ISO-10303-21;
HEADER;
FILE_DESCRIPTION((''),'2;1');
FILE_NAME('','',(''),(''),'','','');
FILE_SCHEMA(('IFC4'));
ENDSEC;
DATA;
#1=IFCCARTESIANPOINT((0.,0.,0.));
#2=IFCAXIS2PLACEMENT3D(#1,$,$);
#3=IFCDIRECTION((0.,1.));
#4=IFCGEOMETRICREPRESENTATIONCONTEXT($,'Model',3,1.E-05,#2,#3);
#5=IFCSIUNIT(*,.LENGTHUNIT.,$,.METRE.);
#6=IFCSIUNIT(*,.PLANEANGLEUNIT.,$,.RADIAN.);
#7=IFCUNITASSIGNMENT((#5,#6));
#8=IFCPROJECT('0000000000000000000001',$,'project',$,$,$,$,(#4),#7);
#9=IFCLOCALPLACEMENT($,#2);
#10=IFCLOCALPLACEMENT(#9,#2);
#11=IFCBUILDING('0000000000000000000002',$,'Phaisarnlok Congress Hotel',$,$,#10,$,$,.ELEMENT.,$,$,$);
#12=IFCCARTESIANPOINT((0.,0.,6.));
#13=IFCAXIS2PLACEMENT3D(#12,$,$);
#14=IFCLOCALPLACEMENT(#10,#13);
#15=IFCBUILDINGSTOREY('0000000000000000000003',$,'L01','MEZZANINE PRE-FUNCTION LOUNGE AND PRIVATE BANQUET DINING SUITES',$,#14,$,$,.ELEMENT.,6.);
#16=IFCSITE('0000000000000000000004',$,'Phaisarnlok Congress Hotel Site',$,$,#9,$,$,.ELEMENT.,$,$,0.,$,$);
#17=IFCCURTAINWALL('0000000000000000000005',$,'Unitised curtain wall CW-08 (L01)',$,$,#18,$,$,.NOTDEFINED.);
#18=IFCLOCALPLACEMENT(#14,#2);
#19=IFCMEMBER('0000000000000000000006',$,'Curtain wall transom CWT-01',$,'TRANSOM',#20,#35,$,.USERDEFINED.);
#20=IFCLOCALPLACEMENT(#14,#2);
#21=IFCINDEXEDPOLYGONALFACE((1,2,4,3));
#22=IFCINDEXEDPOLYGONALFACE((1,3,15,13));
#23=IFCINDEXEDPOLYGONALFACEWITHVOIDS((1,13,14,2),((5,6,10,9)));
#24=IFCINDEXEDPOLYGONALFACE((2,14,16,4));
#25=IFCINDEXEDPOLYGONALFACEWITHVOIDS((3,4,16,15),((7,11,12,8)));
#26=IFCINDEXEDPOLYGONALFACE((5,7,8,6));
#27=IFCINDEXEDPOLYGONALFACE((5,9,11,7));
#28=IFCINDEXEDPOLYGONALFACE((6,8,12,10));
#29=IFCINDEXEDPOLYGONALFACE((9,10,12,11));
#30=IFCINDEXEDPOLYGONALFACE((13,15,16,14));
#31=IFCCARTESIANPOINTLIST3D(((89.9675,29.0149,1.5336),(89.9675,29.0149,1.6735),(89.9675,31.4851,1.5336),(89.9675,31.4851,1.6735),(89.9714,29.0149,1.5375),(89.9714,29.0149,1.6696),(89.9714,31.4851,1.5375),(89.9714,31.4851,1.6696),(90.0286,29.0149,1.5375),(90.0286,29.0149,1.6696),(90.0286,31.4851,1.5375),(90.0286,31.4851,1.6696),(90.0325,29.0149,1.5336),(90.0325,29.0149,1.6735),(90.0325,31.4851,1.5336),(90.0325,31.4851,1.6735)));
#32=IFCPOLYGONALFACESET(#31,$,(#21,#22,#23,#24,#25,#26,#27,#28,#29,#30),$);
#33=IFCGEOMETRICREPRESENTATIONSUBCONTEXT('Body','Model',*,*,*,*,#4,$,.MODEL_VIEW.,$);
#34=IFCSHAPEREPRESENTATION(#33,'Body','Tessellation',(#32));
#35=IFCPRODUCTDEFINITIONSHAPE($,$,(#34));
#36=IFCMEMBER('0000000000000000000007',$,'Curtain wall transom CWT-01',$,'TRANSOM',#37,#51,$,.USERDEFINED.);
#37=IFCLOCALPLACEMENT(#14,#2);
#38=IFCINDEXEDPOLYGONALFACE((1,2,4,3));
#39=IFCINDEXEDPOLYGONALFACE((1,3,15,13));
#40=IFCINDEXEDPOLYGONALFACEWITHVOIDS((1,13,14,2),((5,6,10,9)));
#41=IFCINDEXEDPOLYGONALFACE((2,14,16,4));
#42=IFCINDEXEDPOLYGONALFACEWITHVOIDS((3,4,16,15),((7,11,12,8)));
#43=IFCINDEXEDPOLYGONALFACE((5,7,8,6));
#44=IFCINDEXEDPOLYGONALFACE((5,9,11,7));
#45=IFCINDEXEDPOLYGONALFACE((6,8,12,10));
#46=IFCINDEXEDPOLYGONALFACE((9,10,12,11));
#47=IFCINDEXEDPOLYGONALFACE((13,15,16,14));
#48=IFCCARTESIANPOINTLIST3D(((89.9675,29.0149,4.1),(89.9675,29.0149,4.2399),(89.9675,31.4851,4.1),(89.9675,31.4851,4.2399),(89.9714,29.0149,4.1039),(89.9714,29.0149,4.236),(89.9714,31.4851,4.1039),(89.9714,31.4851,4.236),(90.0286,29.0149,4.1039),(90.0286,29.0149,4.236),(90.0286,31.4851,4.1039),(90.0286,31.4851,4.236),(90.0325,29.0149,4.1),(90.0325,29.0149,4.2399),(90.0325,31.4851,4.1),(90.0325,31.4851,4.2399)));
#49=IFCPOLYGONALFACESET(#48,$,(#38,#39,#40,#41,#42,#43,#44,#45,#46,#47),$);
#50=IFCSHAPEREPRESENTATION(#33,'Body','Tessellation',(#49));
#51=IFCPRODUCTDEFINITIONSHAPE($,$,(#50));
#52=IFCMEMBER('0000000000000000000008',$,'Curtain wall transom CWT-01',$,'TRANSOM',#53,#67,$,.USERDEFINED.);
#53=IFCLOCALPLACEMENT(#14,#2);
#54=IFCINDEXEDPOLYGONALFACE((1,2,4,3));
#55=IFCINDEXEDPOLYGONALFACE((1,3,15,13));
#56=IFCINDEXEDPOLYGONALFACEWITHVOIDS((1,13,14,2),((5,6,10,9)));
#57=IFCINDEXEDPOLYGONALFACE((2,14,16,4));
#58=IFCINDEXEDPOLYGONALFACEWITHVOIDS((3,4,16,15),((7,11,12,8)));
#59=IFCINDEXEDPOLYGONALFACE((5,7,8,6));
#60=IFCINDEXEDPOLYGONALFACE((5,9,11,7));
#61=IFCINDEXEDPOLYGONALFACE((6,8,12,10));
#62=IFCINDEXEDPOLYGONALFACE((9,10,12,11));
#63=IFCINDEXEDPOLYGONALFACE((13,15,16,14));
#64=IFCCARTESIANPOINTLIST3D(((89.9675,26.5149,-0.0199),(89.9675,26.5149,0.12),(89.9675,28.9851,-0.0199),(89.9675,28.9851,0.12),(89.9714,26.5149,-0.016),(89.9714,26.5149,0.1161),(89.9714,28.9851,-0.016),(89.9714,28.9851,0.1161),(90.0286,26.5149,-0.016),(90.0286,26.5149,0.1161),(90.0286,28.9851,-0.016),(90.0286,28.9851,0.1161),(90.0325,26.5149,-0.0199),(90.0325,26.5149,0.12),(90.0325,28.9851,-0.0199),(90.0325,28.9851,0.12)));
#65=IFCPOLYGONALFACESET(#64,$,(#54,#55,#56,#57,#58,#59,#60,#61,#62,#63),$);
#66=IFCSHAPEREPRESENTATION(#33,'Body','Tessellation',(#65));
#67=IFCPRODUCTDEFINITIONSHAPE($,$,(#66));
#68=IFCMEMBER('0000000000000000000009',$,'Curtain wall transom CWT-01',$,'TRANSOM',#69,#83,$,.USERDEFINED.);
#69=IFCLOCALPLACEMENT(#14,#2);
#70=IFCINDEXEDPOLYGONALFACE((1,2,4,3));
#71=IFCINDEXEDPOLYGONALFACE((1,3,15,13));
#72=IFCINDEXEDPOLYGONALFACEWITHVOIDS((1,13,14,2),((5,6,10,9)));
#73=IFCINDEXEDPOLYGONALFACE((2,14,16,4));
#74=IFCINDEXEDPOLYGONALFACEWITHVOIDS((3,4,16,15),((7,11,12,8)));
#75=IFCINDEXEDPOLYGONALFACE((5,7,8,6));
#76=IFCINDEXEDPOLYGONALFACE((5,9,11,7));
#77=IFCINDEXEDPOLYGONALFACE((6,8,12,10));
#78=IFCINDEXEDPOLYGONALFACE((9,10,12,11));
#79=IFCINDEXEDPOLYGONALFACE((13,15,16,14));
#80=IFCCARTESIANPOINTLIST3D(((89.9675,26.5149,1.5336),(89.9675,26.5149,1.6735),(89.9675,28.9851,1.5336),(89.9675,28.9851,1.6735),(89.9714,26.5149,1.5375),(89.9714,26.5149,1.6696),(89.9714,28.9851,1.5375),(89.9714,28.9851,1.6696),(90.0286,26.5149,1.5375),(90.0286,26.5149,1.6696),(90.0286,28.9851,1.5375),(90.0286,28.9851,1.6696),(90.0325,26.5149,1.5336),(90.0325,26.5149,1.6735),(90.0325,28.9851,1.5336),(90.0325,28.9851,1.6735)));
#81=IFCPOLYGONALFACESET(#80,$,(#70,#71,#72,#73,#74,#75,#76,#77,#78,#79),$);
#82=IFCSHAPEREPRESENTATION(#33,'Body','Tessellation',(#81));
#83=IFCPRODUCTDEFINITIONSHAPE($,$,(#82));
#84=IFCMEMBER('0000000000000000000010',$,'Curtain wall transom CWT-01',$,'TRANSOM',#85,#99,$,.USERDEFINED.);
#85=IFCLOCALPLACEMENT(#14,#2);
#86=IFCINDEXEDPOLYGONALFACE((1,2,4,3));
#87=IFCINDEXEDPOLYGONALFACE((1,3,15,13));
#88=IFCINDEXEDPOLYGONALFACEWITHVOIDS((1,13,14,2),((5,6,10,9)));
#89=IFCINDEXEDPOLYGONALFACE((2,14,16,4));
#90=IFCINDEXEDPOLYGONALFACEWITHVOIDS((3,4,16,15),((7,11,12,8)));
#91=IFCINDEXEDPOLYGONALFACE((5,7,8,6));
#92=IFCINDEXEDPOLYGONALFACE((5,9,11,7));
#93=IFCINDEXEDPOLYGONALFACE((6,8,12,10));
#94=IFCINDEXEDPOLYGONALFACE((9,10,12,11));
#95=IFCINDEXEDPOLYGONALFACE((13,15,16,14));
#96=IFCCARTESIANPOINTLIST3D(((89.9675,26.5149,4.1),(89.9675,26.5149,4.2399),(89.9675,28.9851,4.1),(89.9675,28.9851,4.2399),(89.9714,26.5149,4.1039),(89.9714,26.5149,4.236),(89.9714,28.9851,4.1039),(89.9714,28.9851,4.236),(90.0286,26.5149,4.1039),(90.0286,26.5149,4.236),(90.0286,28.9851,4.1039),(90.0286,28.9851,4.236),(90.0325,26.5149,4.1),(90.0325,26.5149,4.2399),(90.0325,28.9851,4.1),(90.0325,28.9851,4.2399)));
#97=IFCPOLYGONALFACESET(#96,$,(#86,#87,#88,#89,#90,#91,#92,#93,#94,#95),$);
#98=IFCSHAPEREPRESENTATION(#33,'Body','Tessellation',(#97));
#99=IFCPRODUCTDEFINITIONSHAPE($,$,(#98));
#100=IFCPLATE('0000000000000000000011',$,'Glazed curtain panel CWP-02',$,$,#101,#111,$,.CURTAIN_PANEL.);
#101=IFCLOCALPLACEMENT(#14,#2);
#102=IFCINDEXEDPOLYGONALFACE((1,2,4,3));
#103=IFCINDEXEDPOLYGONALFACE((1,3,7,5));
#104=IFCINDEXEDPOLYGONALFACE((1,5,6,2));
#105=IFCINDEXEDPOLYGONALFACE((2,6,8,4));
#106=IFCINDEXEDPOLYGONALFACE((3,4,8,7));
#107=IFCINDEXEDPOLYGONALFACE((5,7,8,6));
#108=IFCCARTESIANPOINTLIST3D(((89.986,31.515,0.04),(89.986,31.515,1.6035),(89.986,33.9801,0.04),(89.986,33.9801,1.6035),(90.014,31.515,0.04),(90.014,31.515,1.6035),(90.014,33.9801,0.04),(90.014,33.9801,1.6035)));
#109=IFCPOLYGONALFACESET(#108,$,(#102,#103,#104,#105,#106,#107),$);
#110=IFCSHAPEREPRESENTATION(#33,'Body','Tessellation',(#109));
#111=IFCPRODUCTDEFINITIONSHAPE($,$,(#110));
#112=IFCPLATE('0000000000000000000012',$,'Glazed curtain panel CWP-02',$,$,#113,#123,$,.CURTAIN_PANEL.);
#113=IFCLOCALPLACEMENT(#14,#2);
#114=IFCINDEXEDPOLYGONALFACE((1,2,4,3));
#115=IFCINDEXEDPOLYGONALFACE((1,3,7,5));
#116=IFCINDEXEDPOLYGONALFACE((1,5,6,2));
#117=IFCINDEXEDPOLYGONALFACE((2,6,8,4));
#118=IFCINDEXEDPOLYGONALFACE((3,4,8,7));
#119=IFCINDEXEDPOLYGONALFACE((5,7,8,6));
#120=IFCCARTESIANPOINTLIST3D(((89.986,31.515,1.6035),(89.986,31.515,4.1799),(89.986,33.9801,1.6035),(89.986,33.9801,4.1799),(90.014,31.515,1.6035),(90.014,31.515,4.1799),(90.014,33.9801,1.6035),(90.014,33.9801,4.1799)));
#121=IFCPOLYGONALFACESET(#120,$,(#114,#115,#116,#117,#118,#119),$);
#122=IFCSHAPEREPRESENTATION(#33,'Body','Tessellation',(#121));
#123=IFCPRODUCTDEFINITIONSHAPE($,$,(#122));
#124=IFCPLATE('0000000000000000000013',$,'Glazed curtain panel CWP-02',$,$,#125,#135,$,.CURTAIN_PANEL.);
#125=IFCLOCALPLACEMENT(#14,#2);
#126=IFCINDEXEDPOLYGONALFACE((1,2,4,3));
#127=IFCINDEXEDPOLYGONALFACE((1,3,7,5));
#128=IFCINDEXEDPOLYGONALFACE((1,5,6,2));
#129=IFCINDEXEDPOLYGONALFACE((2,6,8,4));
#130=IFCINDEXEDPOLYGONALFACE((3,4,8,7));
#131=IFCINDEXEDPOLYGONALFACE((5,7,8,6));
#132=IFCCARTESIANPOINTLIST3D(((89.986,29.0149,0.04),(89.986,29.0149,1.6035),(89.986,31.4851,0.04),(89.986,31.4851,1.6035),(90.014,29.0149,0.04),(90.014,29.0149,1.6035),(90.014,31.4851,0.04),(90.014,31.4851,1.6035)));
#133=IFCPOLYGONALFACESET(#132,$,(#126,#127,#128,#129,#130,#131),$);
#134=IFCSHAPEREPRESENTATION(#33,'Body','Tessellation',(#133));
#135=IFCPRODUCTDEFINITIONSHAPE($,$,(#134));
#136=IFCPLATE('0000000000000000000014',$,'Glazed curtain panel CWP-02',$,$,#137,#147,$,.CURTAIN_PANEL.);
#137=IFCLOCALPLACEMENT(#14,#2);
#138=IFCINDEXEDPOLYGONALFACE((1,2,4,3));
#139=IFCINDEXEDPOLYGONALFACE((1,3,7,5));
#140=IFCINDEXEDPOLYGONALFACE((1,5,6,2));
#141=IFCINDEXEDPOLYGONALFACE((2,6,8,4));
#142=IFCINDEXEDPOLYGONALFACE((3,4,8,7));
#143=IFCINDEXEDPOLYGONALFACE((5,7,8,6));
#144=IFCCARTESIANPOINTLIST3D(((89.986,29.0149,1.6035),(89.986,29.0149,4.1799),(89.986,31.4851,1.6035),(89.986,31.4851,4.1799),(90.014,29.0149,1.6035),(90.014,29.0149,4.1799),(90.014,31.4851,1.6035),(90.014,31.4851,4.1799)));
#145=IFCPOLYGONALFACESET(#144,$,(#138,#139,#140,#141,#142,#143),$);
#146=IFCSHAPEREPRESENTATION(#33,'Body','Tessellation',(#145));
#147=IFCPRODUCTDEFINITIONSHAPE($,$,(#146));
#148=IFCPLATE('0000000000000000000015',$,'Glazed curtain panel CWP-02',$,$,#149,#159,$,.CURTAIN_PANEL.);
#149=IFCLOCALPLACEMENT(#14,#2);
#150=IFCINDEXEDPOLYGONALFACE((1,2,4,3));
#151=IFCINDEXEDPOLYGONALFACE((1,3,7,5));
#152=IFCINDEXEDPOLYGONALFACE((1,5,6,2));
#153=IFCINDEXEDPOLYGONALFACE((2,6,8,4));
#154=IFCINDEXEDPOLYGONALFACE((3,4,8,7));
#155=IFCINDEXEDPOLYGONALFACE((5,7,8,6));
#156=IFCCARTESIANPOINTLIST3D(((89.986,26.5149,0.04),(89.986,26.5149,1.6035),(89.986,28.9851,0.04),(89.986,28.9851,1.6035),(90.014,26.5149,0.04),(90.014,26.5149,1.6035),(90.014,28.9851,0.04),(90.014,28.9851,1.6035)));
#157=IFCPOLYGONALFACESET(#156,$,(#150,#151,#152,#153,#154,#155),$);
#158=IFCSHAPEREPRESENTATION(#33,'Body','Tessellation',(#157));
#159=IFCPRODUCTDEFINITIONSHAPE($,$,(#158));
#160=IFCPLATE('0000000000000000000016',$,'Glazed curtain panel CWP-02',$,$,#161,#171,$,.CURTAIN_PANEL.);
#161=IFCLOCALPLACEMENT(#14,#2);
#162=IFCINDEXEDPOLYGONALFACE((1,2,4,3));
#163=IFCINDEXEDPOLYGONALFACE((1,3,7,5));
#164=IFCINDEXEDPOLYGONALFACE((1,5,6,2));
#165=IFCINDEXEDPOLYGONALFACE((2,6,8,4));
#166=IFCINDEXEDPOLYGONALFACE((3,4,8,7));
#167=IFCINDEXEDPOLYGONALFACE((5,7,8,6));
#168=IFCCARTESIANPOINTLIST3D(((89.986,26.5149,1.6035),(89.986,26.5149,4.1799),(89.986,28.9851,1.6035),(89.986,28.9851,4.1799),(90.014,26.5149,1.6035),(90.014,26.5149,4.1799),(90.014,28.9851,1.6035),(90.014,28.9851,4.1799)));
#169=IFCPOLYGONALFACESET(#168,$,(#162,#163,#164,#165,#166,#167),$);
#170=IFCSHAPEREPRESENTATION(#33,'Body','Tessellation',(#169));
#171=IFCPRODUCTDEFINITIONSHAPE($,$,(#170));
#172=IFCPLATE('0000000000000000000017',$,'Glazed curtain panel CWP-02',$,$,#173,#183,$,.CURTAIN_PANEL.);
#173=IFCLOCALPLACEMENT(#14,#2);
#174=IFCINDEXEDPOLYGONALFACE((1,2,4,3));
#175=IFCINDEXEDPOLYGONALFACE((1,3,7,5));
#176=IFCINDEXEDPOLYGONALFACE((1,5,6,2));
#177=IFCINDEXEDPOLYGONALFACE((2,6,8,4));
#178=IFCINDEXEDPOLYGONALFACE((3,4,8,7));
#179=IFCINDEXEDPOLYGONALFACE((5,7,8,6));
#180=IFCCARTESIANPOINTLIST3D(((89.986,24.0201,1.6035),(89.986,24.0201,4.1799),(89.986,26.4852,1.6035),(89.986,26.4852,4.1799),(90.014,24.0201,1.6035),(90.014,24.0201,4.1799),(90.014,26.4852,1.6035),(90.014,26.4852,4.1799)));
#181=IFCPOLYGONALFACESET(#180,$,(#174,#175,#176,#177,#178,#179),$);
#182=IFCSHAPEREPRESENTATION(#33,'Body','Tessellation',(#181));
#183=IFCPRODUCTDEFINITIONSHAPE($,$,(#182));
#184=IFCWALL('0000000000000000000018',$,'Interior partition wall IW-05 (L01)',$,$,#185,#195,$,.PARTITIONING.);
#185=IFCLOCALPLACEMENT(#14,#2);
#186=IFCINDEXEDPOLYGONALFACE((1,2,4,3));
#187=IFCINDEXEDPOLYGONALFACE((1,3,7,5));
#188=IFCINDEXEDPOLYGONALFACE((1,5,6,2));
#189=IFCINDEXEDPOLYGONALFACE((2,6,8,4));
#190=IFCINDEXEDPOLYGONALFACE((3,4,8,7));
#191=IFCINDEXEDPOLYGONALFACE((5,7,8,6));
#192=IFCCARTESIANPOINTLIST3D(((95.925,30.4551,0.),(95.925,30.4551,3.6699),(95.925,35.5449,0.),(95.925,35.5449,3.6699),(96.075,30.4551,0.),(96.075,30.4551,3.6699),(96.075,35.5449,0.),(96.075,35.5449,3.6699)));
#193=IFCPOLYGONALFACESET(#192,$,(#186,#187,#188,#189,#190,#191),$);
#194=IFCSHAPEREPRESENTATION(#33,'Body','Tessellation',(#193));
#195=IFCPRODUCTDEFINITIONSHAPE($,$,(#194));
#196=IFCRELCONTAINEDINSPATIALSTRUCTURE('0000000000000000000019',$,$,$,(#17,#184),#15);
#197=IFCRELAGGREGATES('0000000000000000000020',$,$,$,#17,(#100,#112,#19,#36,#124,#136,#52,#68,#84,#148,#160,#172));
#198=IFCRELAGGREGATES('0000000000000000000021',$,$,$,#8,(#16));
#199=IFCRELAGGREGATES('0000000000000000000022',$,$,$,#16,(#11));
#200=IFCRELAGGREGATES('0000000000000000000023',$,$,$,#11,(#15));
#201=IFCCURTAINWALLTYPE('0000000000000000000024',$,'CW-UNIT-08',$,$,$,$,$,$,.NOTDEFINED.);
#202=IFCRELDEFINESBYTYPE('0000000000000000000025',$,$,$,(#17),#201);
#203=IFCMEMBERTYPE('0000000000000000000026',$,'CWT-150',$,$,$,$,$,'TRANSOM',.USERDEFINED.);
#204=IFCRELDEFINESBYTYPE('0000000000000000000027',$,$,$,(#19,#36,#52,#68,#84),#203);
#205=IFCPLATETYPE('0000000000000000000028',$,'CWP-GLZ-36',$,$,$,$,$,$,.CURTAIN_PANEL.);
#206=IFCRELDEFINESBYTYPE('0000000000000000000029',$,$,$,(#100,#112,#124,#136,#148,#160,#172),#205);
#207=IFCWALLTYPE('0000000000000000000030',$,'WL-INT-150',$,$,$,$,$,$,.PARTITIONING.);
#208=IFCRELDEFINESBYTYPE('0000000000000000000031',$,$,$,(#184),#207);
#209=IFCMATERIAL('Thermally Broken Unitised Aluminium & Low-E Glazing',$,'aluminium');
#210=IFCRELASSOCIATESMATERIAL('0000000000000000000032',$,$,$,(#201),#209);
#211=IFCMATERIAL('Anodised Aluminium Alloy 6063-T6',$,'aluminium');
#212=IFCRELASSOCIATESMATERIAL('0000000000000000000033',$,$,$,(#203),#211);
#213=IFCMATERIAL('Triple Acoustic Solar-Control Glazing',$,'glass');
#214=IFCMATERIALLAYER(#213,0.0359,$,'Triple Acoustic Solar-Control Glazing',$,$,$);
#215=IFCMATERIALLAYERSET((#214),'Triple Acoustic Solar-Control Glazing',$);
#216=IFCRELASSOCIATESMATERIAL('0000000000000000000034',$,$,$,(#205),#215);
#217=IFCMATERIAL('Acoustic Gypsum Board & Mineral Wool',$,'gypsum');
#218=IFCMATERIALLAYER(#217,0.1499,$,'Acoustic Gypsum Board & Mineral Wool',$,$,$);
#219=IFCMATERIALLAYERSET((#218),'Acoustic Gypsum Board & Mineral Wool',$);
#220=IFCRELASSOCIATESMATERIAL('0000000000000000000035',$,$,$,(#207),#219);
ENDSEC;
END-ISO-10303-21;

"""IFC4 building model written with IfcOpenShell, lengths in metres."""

from ifc_helpers import new_model, si_unit, direction, frame, frame_2d, origin, origin_2d, place, context, subcontext, project, spatial, rectangle, hollow_rectangle, extrude, material, layer, layer_set, material_profile, profile_set, type_object, element, aggregate, save


model = new_model("IFC4")

# Units and contexts
model_context = context("Model", 3, precision=1e-05, world=origin(), true_north=direction((0.0, 1.0)))
body_context = subcontext(model_context, "Body", "Model", "MODEL_VIEW")
ifc_project = project(units=[si_unit("LENGTHUNIT", "METRE"), si_unit("PLANEANGLEUNIT", "RADIAN")], contexts=[model_context])

# Site, building, storey
site_placement = place(None, origin())
site = spatial("IfcSite", under=ifc_project, at=site_placement, Name="Phaisarnlok Congress Hotel Site", CompositionType="ELEMENT", RefElevation=0.0)
building_placement = place(site_placement, origin())
building = spatial("IfcBuilding", under=site, at=building_placement, Name="Phaisarnlok Congress Hotel", CompositionType="ELEMENT")
storey_placement = place(building_placement, frame((0.0, 0.0, 6.0)))
storey = spatial("IfcBuildingStorey", under=building, at=storey_placement, Name="L01", Description="MEZZANINE PRE-FUNCTION LOUNGE AND PRIVATE BANQUET DINING SUITES", CompositionType="ELEMENT", Elevation=6.0)

# Curtain wall, members, plates
ifc_material_1 = material(Name="Thermally Broken Unitised Aluminium & Low-E Glazing", Category="aluminium")
curtain_wall_type = type_object("IfcCurtainWallType", Name="CW-UNIT-08", PredefinedType="NOTDEFINED", material=ifc_material_1)
curtain_wall_placement = place(storey_placement, origin())
curtain_wall = element("IfcCurtainWall", 1, at=curtain_wall_placement, inside=storey, type_object=curtain_wall_type, Name="Unitised curtain wall CW-08 (L01)", PredefinedType="NOTDEFINED")
ifc_material_2 = material(Name="Anodised Aluminium Alloy 6063-T6", Category="aluminium")
ifc_material_profile_1 = material_profile(ifc_material_2, hollow_rectangle(XDim=0.0649, YDim=0.1399, WallThickness=0.0039, at=origin_2d()), Name="ALU-T 65x140x4")
ifc_profile_set_1 = profile_set([ifc_material_profile_1], Name="Anodised Aluminium Alloy 6063-T6")
member_type_1 = type_object("IfcMemberType", Name="CWT-150", ElementType="TRANSOM", PredefinedType="USERDEFINED", material=ifc_profile_set_1)
member_1_placement = place(storey_placement, frame((90.0, 31.4851, 1.6035), z_axis=(0.0, -1.0, 0.0), x_axis=(1.0, 0.0, 0.0)))
member_1 = element("IfcMember", 2, at=member_1_placement, type_object=member_type_1, Name="Curtain wall transom CWT-01", ObjectType="TRANSOM", PredefinedType="USERDEFINED", context=body_context, shape_type="SweptSolid", body=[
    extrude(hollow_rectangle(XDim=0.0649, YDim=0.1399, WallThickness=0.0039, at=origin_2d()), origin(), (0.0, 0.0, 1.0), 2.4702),
])
member_2_placement = place(storey_placement, frame((90.0, 31.4851, 4.1699), z_axis=(0.0, -1.0, 0.0), x_axis=(1.0, 0.0, 0.0)))
member_2 = element("IfcMember", 3, at=member_2_placement, type_object=member_type_1, Name="Curtain wall transom CWT-01", ObjectType="TRANSOM", PredefinedType="USERDEFINED", context=body_context, shape_type="SweptSolid", body=[
    extrude(hollow_rectangle(XDim=0.0649, YDim=0.1399, WallThickness=0.0039, at=origin_2d()), origin(), (0.0, 0.0, 1.0), 2.4702),
])
member_3_placement = place(storey_placement, frame((90.0, 28.9851, 0.05), z_axis=(0.0, -1.0, 0.0), x_axis=(1.0, 0.0, 0.0)))
member_3 = element("IfcMember", 4, at=member_3_placement, type_object=member_type_1, Name="Curtain wall transom CWT-01", ObjectType="TRANSOM", PredefinedType="USERDEFINED", context=body_context, shape_type="SweptSolid", body=[
    extrude(hollow_rectangle(XDim=0.0649, YDim=0.1399, WallThickness=0.0039, at=origin_2d()), origin(), (0.0, 0.0, 1.0), 2.4702),
])
member_4_placement = place(storey_placement, frame((90.0, 28.9851, 1.6035), z_axis=(0.0, -1.0, 0.0), x_axis=(1.0, 0.0, 0.0)))
member_4 = element("IfcMember", 5, at=member_4_placement, type_object=member_type_1, Name="Curtain wall transom CWT-01", ObjectType="TRANSOM", PredefinedType="USERDEFINED", context=body_context, shape_type="SweptSolid", body=[
    extrude(hollow_rectangle(XDim=0.0649, YDim=0.1399, WallThickness=0.0039, at=origin_2d()), origin(), (0.0, 0.0, 1.0), 2.4702),
])
member_5_placement = place(storey_placement, frame((90.0, 28.9851, 4.1699), z_axis=(0.0, -1.0, 0.0), x_axis=(1.0, 0.0, 0.0)))
member_5 = element("IfcMember", 6, at=member_5_placement, type_object=member_type_1, Name="Curtain wall transom CWT-01", ObjectType="TRANSOM", PredefinedType="USERDEFINED", context=body_context, shape_type="SweptSolid", body=[
    extrude(hollow_rectangle(XDim=0.0649, YDim=0.1399, WallThickness=0.0039, at=origin_2d()), origin(), (0.0, 0.0, 1.0), 2.4702),
])
ifc_material_3 = material(Name="Triple Acoustic Solar-Control Glazing", Category="glass")
ifc_layer_1 = layer(ifc_material_3, 0.0359, Name="Triple Acoustic Solar-Control Glazing")
ifc_layer_set_1 = layer_set([ifc_layer_1], Name="Triple Acoustic Solar-Control Glazing")
plate_type = type_object("IfcPlateType", Name="CWP-GLZ-36", PredefinedType="CURTAIN_PANEL", material=ifc_layer_set_1)
plate_1_placement = place(storey_placement, frame((90.0, 33.98, 0.04), z_axis=(0.0, 0.0, 1.0), x_axis=(0.0, -1.0, 0.0)))
plate_1 = element("IfcPlate", 7, at=plate_1_placement, type_object=plate_type, Name="Glazed curtain panel CWP-02", PredefinedType="CURTAIN_PANEL", context=body_context, shape_type="SweptSolid", body=[
    extrude(rectangle(XDim=2.4651, YDim=0.0281, at=frame_2d((1.2324, 0.0))), origin(), (0.0, 0.0, 1.0), 1.5635),
])
plate_2_placement = place(storey_placement, frame((90.0, 33.98, 1.6035), z_axis=(0.0, 0.0, 1.0), x_axis=(0.0, -1.0, 0.0)))
plate_2 = element("IfcPlate", 8, at=plate_2_placement, type_object=plate_type, Name="Glazed curtain panel CWP-02", PredefinedType="CURTAIN_PANEL", context=body_context, shape_type="SweptSolid", body=[
    extrude(rectangle(XDim=2.4651, YDim=0.0281, at=frame_2d((1.2324, 0.0))), origin(), (0.0, 0.0, 1.0), 2.5764),
])
plate_3_placement = place(storey_placement, frame((90.0, 31.4851, 0.04), z_axis=(0.0, 0.0, 1.0), x_axis=(0.0, -1.0, 0.0)))
plate_3 = element("IfcPlate", 9, at=plate_3_placement, type_object=plate_type, Name="Glazed curtain panel CWP-02", PredefinedType="CURTAIN_PANEL", context=body_context, shape_type="SweptSolid", body=[
    extrude(rectangle(XDim=2.4702, YDim=0.0281, at=frame_2d((1.2351, 0.0))), origin(), (0.0, 0.0, 1.0), 1.5635),
])
plate_4_placement = place(storey_placement, frame((90.0, 31.4851, 1.6035), z_axis=(0.0, 0.0, 1.0), x_axis=(0.0, -1.0, 0.0)))
plate_4 = element("IfcPlate", 10, at=plate_4_placement, type_object=plate_type, Name="Glazed curtain panel CWP-02", PredefinedType="CURTAIN_PANEL", context=body_context, shape_type="SweptSolid", body=[
    extrude(rectangle(XDim=2.4702, YDim=0.0281, at=frame_2d((1.2351, 0.0))), origin(), (0.0, 0.0, 1.0), 2.5764),
])
plate_5_placement = place(storey_placement, frame((90.0, 28.9851, 0.04), z_axis=(0.0, 0.0, 1.0), x_axis=(0.0, -1.0, 0.0)))
plate_5 = element("IfcPlate", 11, at=plate_5_placement, type_object=plate_type, Name="Glazed curtain panel CWP-02", PredefinedType="CURTAIN_PANEL", context=body_context, shape_type="SweptSolid", body=[
    extrude(rectangle(XDim=2.4702, YDim=0.0281, at=frame_2d((1.2351, 0.0))), origin(), (0.0, 0.0, 1.0), 1.5635),
])
plate_6_placement = place(storey_placement, frame((90.0, 28.9851, 1.6035), z_axis=(0.0, 0.0, 1.0), x_axis=(0.0, -1.0, 0.0)))
plate_6 = element("IfcPlate", 12, at=plate_6_placement, type_object=plate_type, Name="Glazed curtain panel CWP-02", PredefinedType="CURTAIN_PANEL", context=body_context, shape_type="SweptSolid", body=[
    extrude(rectangle(XDim=2.4702, YDim=0.0281, at=frame_2d((1.2351, 0.0))), origin(), (0.0, 0.0, 1.0), 2.5764),
])
plate_7_placement = place(storey_placement, frame((90.0, 26.4851, 1.6035), z_axis=(0.0, 0.0, 1.0), x_axis=(0.0, -1.0, 0.0)))
plate_7 = element("IfcPlate", 13, at=plate_7_placement, type_object=plate_type, Name="Glazed curtain panel CWP-02", PredefinedType="CURTAIN_PANEL", context=body_context, shape_type="SweptSolid", body=[
    extrude(rectangle(XDim=2.4651, YDim=0.0281, at=frame_2d((1.2324, 0.0))), origin(), (0.0, 0.0, 1.0), 2.5764),
])
aggregate(curtain_wall, [plate_1, plate_2, member_1, member_2, plate_3, plate_4, member_3, member_4, member_5, plate_5, plate_6, plate_7])

# Wall
ifc_material_4 = material(Name="Acoustic Gypsum Board & Mineral Wool", Category="gypsum")
ifc_layer_2 = layer(ifc_material_4, 0.1499, Name="Acoustic Gypsum Board & Mineral Wool")
ifc_layer_set_2 = layer_set([ifc_layer_2], Name="Acoustic Gypsum Board & Mineral Wool")
wall_type_1 = type_object("IfcWallType", Name="WL-INT-150", PredefinedType="PARTITIONING", material=ifc_layer_set_2)
wall_1_placement = place(storey_placement, frame((96.0, 30.4551, 0.0), z_axis=(0.0, 0.0, 1.0), x_axis=(0.0, 1.0, 0.0)))
element("IfcWall", 14, at=wall_1_placement, inside=storey, type_object=wall_type_1, Name="Interior partition wall IW-05 (L01)", PredefinedType="PARTITIONING", context=body_context, shape_type="SweptSolid", body=[
    extrude(rectangle(XDim=5.0898, YDim=0.1499, at=frame_2d((2.5449, 0.0))), origin(), (0.0, 0.0, 1.0), 3.6699),
])

save(model, "model.ifc")
